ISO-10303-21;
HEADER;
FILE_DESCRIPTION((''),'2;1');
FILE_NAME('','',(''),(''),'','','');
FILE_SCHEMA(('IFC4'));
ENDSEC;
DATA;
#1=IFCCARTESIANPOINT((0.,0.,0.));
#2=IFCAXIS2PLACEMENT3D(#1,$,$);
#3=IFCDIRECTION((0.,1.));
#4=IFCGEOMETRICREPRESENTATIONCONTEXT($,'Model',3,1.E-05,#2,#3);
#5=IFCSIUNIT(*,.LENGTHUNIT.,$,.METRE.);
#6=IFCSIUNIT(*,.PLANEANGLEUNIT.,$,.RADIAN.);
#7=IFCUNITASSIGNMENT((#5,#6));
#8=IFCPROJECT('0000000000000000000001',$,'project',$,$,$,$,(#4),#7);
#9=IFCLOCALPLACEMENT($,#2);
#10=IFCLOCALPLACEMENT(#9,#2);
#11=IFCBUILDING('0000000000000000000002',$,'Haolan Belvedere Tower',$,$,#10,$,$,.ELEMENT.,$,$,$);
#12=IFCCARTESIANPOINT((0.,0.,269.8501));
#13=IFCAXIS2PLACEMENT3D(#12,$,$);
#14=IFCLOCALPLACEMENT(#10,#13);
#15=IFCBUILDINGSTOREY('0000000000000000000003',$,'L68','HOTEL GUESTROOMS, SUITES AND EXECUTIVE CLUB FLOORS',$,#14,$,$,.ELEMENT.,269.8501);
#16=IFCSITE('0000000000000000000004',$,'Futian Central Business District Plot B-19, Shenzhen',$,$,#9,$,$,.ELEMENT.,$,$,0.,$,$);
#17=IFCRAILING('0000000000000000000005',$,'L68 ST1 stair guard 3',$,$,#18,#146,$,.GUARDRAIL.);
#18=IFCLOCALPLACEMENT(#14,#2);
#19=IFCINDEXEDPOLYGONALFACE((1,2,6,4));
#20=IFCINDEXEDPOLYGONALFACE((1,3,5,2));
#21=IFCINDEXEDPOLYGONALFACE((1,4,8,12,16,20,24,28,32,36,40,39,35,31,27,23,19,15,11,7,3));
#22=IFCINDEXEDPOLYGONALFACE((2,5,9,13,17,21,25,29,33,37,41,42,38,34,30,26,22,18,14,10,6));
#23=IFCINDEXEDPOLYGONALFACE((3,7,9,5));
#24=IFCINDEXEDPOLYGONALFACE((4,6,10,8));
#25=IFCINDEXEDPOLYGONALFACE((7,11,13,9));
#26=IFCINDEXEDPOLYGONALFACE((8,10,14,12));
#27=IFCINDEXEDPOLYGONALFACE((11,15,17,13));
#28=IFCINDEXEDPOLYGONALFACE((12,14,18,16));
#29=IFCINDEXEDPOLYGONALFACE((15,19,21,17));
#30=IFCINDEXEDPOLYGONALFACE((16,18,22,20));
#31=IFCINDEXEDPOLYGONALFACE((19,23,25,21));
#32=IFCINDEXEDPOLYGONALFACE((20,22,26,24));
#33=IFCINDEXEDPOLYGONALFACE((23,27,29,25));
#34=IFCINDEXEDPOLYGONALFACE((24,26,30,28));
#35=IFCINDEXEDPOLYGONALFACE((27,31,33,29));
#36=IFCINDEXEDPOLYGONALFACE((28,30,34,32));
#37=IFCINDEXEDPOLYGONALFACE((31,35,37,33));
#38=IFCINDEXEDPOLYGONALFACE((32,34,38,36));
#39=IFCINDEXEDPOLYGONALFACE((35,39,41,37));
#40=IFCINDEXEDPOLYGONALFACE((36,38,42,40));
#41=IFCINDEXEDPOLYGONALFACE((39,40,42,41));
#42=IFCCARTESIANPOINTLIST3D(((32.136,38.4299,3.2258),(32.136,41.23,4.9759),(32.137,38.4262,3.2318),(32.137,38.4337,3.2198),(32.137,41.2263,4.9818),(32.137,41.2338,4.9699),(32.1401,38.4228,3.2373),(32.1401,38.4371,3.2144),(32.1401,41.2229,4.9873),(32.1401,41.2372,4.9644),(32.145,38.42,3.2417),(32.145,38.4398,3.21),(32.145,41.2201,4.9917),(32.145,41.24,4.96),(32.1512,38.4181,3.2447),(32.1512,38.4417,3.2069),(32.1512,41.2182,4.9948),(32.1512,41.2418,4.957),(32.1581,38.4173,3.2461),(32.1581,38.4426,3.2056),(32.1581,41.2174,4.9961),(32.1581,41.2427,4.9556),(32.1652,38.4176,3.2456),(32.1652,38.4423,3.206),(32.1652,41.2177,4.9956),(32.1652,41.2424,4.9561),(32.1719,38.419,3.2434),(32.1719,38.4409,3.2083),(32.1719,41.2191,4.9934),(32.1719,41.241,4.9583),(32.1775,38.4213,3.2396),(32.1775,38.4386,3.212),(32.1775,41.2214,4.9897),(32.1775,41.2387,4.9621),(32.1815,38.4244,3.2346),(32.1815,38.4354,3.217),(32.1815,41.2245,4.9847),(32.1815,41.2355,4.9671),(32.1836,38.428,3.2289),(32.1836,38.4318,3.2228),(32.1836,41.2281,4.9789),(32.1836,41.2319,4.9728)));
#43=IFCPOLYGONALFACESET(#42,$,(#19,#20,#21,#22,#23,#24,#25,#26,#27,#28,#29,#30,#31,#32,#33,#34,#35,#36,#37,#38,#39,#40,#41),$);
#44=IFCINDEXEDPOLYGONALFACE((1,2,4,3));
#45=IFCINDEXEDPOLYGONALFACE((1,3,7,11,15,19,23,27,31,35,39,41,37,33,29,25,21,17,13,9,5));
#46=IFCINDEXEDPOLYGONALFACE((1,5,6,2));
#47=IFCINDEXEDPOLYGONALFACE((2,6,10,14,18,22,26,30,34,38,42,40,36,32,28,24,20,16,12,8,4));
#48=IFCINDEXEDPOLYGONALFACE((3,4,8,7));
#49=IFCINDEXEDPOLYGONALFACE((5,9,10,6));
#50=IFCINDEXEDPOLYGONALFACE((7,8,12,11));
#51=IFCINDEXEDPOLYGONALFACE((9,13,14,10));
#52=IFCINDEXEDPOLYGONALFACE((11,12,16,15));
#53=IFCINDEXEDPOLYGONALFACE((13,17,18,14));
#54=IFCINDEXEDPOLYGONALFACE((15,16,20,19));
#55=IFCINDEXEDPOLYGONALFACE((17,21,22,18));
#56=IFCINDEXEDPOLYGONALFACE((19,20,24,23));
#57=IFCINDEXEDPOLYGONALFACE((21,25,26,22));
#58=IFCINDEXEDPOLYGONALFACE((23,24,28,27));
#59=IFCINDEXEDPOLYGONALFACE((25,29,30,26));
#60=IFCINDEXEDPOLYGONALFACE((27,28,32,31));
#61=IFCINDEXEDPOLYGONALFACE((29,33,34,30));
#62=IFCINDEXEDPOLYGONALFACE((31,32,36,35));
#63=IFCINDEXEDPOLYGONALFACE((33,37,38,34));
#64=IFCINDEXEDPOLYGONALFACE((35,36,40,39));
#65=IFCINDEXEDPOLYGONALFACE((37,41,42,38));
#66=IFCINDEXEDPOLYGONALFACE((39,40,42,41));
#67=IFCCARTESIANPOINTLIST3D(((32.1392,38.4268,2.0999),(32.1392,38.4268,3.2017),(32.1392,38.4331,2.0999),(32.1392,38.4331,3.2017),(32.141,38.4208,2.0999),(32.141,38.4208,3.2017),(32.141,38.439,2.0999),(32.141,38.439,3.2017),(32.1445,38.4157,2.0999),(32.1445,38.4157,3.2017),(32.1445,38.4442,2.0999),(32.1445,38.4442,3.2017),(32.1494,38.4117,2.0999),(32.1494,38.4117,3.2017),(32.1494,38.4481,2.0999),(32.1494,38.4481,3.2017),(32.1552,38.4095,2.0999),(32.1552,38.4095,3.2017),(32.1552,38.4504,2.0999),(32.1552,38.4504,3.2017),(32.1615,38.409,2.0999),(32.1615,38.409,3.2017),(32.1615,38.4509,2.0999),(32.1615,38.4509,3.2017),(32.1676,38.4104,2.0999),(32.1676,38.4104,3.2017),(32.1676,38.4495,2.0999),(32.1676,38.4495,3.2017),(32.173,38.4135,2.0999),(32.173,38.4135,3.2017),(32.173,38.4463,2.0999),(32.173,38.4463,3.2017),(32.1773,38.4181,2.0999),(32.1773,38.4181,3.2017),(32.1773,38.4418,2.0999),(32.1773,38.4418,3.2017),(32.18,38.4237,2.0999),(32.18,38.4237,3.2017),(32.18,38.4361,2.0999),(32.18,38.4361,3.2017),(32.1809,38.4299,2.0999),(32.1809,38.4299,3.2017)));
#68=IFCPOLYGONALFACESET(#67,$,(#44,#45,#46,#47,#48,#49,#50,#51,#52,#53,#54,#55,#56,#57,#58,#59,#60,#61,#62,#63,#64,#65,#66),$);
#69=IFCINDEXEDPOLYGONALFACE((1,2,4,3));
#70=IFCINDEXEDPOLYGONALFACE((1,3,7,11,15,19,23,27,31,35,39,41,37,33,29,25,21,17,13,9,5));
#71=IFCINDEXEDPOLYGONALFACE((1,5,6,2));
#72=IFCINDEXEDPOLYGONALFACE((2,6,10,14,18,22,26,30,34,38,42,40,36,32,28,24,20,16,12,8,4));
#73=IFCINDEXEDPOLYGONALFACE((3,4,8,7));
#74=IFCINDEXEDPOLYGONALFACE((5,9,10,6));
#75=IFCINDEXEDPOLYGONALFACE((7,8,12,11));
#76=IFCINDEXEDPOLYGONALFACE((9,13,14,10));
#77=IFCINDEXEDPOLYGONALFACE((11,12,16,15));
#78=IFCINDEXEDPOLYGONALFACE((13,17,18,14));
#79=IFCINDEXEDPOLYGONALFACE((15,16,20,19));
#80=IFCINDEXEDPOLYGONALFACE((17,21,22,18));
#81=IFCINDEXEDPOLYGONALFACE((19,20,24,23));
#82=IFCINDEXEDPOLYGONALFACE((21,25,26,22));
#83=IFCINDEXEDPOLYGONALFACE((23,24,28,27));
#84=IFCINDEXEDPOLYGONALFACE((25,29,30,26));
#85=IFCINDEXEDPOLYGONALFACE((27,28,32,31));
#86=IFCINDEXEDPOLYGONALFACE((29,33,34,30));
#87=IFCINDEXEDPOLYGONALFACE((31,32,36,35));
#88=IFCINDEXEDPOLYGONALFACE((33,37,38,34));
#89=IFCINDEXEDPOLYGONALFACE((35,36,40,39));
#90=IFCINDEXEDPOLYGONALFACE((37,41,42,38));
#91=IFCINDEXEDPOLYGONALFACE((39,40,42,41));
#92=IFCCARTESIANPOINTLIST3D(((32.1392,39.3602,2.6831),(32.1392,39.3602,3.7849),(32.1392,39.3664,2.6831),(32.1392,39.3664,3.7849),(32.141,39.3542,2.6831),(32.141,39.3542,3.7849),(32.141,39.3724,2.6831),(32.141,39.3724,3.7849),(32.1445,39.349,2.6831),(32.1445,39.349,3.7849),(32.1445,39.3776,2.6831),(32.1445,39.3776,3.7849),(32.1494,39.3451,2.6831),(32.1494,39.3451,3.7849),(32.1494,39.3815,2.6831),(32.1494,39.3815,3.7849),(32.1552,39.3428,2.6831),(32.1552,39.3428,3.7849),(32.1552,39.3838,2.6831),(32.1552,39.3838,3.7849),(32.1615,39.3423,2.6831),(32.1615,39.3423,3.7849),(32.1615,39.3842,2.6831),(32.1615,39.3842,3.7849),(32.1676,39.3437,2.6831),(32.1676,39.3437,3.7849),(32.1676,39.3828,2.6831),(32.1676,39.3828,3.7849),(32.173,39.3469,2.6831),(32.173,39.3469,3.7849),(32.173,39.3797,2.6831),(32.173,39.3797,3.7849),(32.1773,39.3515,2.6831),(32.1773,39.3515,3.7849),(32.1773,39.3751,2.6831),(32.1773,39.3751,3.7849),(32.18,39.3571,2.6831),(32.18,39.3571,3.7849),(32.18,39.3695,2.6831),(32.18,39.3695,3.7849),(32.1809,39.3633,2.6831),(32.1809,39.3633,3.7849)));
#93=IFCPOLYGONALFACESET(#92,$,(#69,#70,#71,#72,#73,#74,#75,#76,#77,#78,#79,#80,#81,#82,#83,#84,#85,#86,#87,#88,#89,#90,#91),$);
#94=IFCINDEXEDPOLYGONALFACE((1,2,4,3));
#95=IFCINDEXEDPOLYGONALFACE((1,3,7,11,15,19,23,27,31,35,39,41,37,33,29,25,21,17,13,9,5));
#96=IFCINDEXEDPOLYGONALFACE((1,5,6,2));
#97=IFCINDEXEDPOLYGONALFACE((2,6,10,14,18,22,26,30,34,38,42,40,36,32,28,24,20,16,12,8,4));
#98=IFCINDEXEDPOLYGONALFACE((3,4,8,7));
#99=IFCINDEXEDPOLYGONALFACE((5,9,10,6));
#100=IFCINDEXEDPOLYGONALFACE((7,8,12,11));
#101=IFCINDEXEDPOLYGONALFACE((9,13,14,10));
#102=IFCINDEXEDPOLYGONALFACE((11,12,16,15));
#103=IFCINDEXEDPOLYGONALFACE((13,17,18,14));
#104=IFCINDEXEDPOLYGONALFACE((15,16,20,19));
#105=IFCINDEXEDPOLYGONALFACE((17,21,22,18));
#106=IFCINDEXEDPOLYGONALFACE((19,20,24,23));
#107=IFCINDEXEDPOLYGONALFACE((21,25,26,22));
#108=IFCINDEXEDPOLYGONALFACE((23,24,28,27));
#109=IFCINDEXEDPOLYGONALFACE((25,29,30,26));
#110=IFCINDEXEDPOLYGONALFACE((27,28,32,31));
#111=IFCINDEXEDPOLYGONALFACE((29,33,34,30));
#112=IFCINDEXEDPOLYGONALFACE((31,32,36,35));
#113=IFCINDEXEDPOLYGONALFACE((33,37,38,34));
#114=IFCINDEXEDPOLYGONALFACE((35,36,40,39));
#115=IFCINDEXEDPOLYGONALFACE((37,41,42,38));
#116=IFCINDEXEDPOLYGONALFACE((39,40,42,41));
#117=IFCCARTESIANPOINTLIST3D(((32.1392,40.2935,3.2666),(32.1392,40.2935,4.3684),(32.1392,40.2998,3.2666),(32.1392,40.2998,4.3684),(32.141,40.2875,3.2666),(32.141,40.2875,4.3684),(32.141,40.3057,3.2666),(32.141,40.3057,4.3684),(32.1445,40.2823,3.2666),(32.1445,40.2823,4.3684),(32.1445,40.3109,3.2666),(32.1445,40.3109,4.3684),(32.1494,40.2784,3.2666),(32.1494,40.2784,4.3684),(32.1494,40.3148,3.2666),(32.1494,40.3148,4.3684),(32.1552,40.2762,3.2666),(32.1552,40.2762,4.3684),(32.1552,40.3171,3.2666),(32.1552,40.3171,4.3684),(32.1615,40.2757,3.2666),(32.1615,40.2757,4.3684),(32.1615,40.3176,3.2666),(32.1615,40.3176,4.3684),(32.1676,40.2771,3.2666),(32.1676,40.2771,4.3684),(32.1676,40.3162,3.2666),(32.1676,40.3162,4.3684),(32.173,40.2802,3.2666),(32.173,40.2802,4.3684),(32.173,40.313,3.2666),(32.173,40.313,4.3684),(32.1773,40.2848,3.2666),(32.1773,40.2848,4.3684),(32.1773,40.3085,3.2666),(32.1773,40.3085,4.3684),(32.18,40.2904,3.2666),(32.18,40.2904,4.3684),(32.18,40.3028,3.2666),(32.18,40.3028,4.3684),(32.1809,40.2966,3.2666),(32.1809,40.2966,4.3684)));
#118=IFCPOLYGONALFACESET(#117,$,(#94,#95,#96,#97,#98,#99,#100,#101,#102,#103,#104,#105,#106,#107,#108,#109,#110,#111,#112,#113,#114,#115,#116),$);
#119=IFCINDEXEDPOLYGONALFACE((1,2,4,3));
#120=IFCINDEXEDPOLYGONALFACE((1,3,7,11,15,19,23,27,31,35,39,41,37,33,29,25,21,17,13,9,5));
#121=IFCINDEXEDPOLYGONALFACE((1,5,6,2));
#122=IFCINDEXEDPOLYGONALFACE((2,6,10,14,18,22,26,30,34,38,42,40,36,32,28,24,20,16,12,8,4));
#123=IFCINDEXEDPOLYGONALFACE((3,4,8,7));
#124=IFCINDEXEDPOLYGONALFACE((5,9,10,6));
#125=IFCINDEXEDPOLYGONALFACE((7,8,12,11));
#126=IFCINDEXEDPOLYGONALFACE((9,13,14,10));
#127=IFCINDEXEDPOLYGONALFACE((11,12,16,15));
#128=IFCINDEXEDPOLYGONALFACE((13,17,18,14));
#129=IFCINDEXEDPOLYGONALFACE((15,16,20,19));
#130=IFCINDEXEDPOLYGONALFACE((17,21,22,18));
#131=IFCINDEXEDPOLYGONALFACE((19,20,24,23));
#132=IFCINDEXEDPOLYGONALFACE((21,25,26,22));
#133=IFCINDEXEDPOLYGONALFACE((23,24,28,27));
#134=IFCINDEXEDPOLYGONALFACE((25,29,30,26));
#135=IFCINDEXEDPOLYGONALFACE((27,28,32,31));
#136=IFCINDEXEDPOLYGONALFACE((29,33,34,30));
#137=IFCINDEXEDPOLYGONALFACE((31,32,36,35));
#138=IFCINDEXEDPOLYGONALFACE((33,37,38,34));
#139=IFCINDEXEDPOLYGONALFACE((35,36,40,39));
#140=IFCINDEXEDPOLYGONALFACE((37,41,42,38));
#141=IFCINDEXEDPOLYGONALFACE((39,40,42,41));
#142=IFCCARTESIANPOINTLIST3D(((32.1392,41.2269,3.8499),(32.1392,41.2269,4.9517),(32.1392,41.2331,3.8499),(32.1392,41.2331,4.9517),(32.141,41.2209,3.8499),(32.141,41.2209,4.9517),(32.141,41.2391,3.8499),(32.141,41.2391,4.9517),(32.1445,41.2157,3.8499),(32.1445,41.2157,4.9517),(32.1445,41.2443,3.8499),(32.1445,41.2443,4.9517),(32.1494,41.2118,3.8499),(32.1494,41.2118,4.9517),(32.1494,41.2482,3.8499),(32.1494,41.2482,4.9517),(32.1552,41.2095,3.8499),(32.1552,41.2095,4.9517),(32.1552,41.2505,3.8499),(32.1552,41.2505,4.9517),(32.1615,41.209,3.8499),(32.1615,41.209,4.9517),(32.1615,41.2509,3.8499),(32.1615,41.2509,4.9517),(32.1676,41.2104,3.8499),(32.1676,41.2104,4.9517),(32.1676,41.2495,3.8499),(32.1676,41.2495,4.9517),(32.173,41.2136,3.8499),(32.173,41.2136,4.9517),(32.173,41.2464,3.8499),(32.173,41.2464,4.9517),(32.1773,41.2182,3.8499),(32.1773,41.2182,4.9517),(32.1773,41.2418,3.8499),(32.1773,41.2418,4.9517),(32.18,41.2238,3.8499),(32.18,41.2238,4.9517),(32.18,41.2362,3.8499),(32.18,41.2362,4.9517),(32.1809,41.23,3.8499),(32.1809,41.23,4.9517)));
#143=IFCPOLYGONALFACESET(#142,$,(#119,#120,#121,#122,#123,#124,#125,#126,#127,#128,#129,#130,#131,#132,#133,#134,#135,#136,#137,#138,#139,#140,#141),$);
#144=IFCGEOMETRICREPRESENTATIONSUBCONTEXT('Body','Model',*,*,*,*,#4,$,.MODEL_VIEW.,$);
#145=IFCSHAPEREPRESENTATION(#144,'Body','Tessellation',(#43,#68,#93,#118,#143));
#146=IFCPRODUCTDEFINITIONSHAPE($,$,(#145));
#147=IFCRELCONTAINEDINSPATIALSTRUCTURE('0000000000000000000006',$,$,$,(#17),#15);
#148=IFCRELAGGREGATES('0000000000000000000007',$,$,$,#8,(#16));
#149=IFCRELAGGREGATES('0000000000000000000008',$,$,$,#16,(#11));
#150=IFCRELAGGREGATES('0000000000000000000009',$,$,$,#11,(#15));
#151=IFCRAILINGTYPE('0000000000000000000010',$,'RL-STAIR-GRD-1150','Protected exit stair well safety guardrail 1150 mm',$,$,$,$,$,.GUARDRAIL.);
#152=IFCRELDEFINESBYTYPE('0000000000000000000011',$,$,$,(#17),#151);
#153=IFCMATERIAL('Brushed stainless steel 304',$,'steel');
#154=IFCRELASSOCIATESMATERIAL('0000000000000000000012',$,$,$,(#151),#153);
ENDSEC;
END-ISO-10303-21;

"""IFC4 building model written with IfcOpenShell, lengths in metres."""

from ifc_helpers import new_model, si_unit, direction, frame, origin, origin_2d, place, context, subcontext, project, spatial, circle, extrude, material, type_object, element, save


model = new_model("IFC4")

# Units and contexts
model_context = context("Model", 3, precision=1e-05, world=origin(), true_north=direction((0.0, 1.0)))
body_context = subcontext(model_context, "Body", "Model", "MODEL_VIEW")
ifc_project = project(units=[si_unit("LENGTHUNIT", "METRE"), si_unit("PLANEANGLEUNIT", "RADIAN")], contexts=[model_context])

# Site, building, storey
site_placement = place(None, origin())
site = spatial("IfcSite", under=ifc_project, at=site_placement, Name="Futian Central Business District Plot B-19, Shenzhen", CompositionType="ELEMENT", RefElevation=0.0)
building_placement = place(site_placement, origin())
building = spatial("IfcBuilding", under=site, at=building_placement, Name="Haolan Belvedere Tower", CompositionType="ELEMENT")
storey_placement = place(building_placement, frame((0.0, 0.0, 269.8501)))
storey = spatial("IfcBuildingStorey", under=building, at=storey_placement, Name="L68", Description="HOTEL GUESTROOMS, SUITES AND EXECUTIVE CLUB FLOORS", CompositionType="ELEMENT", Elevation=269.8501)

# Railing
ifc_material_1 = material(Name="Brushed stainless steel 304", Category="steel")
railing_type = type_object("IfcRailingType", Name="RL-STAIR-GRD-1150", Description="Protected exit stair well safety guardrail 1150 mm", PredefinedType="GUARDRAIL", material=ifc_material_1)
railing_1_placement = place(storey_placement, frame((32.1599, 38.4299, 2.0999)))
element("IfcRailing", 1, at=railing_1_placement, inside=storey, type_object=railing_type, Name="L68 ST1 stair guard 3", PredefinedType="GUARDRAIL", context=body_context, shape_type="SweptSolid", body=[
    extrude(circle(Radius=0.0239, at=origin_2d()), frame((0.0, 0.0, 1.126), z_axis=(0.0, 0.848002, 0.529992), x_axis=(-1.0, 0.0, 0.0)), (0.0, 0.0, 1.0), 3.302),
    extrude(circle(Radius=0.021, at=origin_2d()), origin(), (0.0, 0.0, 1.0), 1.1018),
    extrude(circle(Radius=0.021, at=origin_2d()), frame((0.0, 0.9333, 0.5833)), (0.0, 0.0, 1.0), 1.1018),
    extrude(circle(Radius=0.021, at=origin_2d()), frame((0.0, 1.8667, 1.1667)), (0.0, 0.0, 1.0), 1.1018),
    extrude(circle(Radius=0.021, at=origin_2d()), frame((0.0, 2.8, 1.75)), (0.0, 0.0, 1.0), 1.1018),
])

save(model, "model.ifc")
